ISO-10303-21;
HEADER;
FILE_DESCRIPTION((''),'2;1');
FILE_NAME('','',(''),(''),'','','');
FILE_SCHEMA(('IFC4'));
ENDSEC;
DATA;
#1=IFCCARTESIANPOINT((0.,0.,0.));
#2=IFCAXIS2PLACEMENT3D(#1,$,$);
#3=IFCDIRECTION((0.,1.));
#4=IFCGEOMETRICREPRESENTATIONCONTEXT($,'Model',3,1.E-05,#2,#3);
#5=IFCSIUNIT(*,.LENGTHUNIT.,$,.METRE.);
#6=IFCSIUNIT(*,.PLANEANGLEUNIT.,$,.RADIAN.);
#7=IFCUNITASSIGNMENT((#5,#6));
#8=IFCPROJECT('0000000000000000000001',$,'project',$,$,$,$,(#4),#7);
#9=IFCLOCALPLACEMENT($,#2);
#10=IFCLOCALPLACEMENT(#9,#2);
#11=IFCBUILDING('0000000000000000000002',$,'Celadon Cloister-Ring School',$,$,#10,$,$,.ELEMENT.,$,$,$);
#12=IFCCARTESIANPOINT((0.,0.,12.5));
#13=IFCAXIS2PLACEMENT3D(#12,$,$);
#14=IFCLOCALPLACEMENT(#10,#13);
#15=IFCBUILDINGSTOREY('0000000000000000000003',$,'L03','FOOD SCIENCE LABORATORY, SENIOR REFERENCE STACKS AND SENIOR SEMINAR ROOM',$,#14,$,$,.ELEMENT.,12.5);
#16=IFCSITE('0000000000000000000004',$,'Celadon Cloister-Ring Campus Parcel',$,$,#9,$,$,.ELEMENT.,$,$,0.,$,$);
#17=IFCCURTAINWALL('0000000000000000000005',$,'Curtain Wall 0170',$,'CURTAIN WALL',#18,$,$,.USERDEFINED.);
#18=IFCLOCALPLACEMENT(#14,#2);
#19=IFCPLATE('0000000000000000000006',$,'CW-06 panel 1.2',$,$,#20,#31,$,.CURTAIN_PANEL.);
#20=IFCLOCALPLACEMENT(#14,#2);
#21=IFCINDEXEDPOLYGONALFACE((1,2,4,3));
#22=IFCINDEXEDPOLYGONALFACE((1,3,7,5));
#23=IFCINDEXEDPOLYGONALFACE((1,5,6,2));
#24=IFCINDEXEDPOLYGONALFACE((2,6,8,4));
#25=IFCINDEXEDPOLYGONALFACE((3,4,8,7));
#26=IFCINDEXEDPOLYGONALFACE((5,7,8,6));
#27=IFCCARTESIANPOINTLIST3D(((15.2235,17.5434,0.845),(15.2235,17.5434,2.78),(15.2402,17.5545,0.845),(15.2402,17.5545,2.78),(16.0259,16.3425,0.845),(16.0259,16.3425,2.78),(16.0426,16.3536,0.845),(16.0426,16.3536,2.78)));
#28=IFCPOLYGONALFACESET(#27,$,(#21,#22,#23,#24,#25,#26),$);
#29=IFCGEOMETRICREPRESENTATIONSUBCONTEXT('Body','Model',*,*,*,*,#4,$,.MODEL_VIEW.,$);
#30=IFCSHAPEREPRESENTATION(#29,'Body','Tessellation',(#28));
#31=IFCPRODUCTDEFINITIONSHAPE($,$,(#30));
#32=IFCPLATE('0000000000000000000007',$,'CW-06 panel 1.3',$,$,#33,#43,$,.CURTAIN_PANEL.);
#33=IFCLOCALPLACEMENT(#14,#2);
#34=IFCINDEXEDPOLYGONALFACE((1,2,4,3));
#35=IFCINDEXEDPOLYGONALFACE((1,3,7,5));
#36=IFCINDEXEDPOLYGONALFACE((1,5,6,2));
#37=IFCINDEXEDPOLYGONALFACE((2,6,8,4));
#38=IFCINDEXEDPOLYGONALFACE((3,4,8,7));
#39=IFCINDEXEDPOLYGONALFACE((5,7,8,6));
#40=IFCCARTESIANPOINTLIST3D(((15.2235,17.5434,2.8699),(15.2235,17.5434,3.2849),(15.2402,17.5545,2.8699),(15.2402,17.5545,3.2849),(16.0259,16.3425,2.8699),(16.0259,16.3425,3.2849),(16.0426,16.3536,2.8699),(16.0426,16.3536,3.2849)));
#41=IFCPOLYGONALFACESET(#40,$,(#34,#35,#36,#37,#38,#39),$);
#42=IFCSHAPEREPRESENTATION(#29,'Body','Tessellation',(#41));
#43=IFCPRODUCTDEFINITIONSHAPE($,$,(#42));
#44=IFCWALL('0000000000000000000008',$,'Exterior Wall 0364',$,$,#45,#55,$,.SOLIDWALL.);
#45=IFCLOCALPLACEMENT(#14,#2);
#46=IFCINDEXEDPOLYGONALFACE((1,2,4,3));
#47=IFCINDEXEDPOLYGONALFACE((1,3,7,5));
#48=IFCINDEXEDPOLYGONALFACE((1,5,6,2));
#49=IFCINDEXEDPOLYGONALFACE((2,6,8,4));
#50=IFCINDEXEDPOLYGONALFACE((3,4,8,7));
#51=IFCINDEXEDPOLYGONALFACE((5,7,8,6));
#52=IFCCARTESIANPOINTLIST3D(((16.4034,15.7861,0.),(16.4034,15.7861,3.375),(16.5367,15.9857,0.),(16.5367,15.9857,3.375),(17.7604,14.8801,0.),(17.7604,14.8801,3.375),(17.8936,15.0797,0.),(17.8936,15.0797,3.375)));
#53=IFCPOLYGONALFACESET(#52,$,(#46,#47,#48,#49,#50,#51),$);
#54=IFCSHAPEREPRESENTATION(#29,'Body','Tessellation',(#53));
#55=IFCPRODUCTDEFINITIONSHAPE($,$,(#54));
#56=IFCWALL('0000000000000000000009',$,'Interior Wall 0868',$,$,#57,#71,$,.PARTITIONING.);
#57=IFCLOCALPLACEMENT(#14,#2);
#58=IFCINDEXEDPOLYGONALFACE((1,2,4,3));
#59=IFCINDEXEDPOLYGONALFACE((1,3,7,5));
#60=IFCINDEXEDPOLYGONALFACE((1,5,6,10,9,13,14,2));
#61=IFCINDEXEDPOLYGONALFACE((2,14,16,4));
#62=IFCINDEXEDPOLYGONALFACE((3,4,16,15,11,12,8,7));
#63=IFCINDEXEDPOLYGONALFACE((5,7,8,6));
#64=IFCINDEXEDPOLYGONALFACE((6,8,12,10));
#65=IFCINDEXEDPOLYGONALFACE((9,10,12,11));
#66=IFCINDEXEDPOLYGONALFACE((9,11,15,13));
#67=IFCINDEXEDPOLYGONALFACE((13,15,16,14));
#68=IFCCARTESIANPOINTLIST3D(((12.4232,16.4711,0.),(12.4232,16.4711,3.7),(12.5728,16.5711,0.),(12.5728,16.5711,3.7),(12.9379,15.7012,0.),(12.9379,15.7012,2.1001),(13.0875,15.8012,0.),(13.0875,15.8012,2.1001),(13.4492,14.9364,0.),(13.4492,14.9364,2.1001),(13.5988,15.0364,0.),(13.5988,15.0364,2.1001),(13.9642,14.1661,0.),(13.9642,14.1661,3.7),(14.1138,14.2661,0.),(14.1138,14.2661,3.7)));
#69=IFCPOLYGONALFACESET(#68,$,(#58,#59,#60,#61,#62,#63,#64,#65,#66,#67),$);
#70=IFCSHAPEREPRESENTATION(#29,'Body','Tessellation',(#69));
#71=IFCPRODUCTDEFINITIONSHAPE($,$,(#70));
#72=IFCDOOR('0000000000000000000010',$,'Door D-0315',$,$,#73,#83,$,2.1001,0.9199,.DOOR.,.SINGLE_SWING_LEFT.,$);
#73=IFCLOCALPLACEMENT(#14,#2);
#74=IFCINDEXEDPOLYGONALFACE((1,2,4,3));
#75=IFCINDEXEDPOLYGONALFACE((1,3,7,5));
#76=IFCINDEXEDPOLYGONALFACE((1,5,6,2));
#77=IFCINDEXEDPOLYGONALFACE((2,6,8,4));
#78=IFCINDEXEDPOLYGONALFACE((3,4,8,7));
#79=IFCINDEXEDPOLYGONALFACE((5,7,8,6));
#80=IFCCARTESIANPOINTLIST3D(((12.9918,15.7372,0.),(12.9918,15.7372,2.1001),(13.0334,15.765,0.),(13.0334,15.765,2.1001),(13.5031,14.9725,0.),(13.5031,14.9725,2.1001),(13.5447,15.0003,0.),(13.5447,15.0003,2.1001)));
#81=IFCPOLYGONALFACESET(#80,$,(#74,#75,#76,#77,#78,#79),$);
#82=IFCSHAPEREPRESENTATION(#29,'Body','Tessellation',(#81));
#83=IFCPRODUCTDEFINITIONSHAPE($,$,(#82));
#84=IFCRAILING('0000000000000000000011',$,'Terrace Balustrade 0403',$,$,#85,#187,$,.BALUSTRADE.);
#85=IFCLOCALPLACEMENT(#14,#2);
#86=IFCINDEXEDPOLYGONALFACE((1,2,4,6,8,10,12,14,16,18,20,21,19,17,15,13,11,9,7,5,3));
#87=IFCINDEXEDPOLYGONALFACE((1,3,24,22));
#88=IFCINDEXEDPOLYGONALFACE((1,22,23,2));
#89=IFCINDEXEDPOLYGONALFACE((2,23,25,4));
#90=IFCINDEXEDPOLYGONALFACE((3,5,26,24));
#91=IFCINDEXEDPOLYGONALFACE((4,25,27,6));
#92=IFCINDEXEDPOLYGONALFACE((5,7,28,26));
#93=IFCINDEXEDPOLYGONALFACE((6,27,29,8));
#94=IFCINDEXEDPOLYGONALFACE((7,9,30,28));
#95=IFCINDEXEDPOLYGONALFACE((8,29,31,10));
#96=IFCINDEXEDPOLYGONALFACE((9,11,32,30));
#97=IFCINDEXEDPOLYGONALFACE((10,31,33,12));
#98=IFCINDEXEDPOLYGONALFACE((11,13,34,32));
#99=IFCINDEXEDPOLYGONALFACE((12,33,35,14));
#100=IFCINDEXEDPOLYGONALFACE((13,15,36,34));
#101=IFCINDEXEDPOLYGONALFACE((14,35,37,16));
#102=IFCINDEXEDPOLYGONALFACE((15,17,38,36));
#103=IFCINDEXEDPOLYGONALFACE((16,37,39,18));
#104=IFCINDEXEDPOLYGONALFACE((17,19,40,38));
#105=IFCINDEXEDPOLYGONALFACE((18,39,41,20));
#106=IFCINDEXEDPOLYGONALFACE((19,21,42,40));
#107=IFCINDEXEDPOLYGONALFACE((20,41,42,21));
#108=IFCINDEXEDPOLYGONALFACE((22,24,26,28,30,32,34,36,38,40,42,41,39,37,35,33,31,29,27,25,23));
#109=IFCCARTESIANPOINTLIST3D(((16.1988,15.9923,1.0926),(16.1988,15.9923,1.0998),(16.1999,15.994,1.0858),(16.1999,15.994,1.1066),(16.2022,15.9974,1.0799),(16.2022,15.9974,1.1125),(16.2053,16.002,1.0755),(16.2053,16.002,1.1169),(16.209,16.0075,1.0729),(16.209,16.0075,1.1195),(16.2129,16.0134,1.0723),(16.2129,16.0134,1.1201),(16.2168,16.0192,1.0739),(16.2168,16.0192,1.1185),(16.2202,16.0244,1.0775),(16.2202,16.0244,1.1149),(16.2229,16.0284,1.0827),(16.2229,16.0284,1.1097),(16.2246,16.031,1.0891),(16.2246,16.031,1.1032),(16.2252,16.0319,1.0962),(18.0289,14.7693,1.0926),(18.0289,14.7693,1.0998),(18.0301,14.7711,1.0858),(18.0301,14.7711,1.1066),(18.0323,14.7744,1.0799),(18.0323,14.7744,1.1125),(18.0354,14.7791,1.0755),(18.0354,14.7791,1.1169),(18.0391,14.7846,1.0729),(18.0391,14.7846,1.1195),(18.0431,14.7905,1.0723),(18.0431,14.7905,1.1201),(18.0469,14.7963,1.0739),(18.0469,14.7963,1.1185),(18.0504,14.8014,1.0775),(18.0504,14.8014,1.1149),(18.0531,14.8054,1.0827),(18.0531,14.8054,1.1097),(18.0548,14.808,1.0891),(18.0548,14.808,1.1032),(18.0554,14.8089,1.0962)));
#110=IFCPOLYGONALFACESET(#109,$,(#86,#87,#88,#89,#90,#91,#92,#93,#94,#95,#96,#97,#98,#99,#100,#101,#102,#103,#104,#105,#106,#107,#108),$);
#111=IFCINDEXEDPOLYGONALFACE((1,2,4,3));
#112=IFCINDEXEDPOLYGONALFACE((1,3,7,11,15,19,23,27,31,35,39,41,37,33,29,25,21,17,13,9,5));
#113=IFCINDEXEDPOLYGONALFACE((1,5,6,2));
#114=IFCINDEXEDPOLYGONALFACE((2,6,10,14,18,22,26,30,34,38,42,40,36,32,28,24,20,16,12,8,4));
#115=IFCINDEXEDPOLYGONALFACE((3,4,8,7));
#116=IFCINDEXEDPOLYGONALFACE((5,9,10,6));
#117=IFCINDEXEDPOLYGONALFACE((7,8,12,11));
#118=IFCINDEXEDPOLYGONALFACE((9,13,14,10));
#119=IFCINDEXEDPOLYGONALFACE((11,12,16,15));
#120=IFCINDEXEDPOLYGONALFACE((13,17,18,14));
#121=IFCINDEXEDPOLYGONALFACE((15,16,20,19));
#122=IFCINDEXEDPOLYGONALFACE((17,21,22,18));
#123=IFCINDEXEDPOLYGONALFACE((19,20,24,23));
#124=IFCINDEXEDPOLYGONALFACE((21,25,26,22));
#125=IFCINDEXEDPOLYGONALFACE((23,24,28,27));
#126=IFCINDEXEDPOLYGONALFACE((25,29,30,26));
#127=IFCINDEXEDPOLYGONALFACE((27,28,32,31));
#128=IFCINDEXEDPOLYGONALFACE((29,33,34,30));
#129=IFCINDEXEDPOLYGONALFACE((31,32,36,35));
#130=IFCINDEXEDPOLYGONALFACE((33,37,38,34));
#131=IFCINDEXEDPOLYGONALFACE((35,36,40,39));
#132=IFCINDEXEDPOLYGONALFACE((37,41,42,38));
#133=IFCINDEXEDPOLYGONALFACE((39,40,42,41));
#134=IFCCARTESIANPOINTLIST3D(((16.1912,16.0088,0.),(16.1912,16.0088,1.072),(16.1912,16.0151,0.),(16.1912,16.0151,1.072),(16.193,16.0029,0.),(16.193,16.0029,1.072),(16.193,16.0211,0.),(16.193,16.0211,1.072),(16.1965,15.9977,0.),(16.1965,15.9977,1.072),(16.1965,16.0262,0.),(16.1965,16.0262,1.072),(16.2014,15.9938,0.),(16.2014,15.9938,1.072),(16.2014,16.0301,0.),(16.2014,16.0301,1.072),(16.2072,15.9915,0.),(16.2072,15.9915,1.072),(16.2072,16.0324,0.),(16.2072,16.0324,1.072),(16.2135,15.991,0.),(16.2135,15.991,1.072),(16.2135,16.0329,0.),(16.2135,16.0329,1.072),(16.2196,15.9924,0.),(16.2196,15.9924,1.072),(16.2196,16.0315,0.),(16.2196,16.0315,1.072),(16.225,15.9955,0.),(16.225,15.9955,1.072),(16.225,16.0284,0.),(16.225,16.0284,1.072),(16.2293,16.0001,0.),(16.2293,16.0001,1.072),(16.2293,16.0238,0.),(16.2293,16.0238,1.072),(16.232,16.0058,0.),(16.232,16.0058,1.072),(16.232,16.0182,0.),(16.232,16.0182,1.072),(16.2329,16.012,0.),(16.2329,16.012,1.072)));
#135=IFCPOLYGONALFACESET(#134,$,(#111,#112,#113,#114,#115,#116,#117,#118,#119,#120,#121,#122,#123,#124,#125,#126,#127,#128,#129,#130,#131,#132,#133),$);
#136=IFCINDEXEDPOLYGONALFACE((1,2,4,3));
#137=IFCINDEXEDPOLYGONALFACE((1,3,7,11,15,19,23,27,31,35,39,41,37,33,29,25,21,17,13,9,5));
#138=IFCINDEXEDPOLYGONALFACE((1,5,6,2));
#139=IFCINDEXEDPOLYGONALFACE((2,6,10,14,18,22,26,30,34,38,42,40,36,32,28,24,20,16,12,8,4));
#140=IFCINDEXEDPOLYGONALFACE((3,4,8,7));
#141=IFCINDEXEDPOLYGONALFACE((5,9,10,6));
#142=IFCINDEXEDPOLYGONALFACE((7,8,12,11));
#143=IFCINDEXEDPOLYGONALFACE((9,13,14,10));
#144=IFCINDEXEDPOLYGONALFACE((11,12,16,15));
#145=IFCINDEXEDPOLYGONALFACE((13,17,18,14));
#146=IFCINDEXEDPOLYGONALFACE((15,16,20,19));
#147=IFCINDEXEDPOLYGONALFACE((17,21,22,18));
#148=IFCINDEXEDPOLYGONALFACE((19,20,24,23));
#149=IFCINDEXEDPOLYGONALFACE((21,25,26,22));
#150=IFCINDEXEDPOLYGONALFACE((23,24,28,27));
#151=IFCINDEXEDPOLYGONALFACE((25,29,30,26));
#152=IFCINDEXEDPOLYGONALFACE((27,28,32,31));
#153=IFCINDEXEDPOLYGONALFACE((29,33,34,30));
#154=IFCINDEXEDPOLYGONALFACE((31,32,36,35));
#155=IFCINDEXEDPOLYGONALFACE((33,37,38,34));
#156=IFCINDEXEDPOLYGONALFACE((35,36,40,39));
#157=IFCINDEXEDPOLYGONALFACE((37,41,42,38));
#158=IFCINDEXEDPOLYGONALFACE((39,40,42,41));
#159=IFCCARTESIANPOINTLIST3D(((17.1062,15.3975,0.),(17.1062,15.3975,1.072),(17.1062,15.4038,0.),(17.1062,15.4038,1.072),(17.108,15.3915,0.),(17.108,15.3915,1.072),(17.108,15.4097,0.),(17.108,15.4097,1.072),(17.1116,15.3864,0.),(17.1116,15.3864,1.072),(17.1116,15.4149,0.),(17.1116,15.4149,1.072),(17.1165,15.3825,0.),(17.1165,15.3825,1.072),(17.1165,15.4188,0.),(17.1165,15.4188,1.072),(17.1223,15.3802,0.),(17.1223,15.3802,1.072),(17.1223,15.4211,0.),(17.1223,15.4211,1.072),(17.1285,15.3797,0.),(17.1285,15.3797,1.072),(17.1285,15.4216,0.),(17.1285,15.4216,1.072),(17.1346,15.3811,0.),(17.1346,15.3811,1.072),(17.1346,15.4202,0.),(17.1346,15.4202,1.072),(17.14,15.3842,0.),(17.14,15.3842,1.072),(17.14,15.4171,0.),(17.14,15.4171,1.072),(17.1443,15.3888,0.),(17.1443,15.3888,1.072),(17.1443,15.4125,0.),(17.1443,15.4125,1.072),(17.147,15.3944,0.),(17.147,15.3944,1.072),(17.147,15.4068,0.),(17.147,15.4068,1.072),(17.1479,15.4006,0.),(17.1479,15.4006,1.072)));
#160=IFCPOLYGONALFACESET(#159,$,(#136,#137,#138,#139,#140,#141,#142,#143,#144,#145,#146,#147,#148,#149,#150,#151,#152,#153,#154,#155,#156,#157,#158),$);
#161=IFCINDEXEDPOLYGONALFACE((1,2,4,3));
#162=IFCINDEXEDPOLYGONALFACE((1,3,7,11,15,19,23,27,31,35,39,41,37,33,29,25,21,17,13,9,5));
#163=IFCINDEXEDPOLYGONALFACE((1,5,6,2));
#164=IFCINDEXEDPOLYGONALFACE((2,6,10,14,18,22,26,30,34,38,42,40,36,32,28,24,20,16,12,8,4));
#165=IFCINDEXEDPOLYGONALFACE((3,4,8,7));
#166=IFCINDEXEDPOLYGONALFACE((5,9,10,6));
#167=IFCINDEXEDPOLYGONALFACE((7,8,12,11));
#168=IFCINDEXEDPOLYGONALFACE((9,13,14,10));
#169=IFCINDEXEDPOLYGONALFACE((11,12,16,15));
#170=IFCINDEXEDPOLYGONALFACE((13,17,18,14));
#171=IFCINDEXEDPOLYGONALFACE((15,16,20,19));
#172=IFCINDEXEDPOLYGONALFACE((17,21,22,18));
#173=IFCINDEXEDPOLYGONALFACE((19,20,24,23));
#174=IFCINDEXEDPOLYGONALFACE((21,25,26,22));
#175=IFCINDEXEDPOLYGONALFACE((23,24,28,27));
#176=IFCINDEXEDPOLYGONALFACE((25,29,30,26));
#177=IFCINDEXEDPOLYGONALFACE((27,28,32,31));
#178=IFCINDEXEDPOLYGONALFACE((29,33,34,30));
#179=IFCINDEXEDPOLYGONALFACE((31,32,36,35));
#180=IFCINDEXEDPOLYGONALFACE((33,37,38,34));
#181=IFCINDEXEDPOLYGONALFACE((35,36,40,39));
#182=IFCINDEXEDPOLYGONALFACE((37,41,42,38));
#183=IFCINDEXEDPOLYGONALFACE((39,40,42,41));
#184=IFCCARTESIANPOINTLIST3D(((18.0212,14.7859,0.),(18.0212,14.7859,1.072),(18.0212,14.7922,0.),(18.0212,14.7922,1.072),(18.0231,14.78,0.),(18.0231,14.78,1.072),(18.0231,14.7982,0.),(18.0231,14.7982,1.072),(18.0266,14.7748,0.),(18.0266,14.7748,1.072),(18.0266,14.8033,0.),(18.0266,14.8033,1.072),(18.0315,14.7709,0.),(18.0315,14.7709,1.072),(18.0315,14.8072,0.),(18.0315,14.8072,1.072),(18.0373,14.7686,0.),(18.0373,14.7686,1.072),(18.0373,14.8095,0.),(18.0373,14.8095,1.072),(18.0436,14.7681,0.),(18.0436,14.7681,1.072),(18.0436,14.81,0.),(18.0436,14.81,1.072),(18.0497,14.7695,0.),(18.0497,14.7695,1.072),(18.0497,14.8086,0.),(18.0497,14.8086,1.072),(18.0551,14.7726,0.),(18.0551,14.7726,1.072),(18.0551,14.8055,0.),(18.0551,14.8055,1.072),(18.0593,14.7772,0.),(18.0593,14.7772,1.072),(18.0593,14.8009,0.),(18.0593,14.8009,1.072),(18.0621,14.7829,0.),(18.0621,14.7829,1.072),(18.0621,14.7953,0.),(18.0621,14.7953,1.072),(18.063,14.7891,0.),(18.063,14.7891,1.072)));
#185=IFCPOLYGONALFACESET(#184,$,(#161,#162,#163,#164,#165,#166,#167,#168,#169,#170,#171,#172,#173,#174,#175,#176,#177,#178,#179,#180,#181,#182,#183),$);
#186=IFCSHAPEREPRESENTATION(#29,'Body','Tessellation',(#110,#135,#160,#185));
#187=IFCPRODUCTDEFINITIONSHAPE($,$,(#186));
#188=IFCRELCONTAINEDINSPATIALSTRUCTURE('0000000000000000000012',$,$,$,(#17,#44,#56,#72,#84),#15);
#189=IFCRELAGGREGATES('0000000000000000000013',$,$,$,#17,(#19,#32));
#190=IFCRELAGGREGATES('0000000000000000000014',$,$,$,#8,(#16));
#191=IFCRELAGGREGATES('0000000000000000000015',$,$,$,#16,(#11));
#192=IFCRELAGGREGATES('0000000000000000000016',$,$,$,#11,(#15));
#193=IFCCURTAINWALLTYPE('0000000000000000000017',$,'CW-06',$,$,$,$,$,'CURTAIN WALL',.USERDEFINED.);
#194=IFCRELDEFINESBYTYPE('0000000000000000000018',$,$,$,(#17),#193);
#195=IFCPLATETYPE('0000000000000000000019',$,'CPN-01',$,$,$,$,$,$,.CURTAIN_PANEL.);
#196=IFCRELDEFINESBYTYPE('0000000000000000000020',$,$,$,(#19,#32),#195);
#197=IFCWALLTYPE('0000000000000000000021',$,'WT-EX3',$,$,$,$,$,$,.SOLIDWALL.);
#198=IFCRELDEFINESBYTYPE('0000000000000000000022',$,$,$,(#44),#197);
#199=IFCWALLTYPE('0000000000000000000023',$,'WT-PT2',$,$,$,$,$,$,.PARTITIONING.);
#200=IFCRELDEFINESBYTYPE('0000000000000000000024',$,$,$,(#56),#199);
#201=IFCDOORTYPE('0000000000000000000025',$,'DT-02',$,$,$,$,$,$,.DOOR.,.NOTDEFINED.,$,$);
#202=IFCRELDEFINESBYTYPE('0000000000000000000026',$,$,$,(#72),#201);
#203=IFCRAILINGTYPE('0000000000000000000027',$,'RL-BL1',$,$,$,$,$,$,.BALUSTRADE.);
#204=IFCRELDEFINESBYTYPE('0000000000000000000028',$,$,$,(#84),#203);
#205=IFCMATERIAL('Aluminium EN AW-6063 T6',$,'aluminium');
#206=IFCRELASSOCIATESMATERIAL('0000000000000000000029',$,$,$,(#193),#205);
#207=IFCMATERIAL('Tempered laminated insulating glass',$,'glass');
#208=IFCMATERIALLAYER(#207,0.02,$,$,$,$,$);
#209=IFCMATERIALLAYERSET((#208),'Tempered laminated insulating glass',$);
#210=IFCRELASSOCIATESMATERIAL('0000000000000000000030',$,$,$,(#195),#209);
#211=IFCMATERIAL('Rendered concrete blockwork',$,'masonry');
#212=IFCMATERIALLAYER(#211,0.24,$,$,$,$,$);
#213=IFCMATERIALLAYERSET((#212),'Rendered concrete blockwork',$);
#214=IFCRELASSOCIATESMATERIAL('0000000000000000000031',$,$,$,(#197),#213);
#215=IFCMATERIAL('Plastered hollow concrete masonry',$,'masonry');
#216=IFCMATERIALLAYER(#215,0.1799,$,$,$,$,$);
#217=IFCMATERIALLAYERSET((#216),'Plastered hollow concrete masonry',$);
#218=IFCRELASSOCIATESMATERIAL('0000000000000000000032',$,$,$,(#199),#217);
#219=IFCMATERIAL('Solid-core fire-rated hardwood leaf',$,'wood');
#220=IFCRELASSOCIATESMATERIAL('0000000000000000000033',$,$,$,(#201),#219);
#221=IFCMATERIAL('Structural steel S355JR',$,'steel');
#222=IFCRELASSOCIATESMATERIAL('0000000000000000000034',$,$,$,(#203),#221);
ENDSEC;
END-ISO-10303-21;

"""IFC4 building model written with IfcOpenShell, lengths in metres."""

from ifc_helpers import new_model, si_unit, direction, frame, frame_2d, origin, origin_2d, place, context, subcontext, project, spatial, rectangle, circle, extrude, material, layer, layer_set, type_object, element, fill, aggregate, save


model = new_model("IFC4")

# Units and contexts
model_context = context("Model", 3, precision=1e-05, world=origin(), true_north=direction((0.0, 1.0)))
body_context = subcontext(model_context, "Body", "Model", "MODEL_VIEW")
ifc_project = project(units=[si_unit("LENGTHUNIT", "METRE"), si_unit("PLANEANGLEUNIT", "RADIAN")], contexts=[model_context])

# Site, building, storey
site_placement = place(None, origin())
site = spatial("IfcSite", under=ifc_project, at=site_placement, Name="Celadon Cloister-Ring Campus Parcel", CompositionType="ELEMENT", RefElevation=0.0)
building_placement = place(site_placement, origin())
building = spatial("IfcBuilding", under=site, at=building_placement, Name="Celadon Cloister-Ring School", CompositionType="ELEMENT")
storey_placement = place(building_placement, frame((0.0, 0.0, 12.5)))
storey = spatial("IfcBuildingStorey", under=building, at=storey_placement, Name="L03", Description="FOOD SCIENCE LABORATORY, SENIOR REFERENCE STACKS AND SENIOR SEMINAR ROOM", CompositionType="ELEMENT", Elevation=12.5)

# Curtain wall
ifc_material_1 = material(Name="Aluminium EN AW-6063 T6", Category="aluminium")
curtain_wall_type = type_object("IfcCurtainWallType", Name="CW-06", ElementType="CURTAIN WALL", PredefinedType="USERDEFINED", material=ifc_material_1)
curtain_wall_1_placement = place(storey_placement, origin())
curtain_wall_1 = element("IfcCurtainWall", 1, at=curtain_wall_1_placement, inside=storey, type_object=curtain_wall_type, Name="Curtain Wall 0170", ObjectType="CURTAIN WALL", PredefinedType="USERDEFINED")

# Plates
ifc_material_2 = material(Name="Tempered laminated insulating glass", Category="glass")
ifc_layer_1 = layer(ifc_material_2, 0.02)
ifc_layer_set_1 = layer_set([ifc_layer_1], Name="Tempered laminated insulating glass")
plate_type = type_object("IfcPlateType", Name="CPN-01", PredefinedType="CURTAIN_PANEL", material=ifc_layer_set_1)
plate_1_placement = place(storey_placement, frame((15.6331, 16.9485, 0.845), z_axis=(0.0, 0.0, 1.0), x_axis=(0.555547, -0.831485, 0.0)))
plate_1 = element("IfcPlate", 2, at=plate_1_placement, type_object=plate_type, Name="CW-06 panel 1.2", PredefinedType="CURTAIN_PANEL", context=body_context, shape_type="SweptSolid", body=[
    extrude(rectangle(XDim=1.4443, YDim=0.02, at=origin_2d()), origin(), (0.0, 0.0, 1.0), 1.9351),
])
plate_2_placement = place(storey_placement, frame((15.6331, 16.9485, 2.8699), z_axis=(0.0, 0.0, 1.0), x_axis=(0.555547, -0.831485, 0.0)))
plate_2 = element("IfcPlate", 3, at=plate_2_placement, type_object=plate_type, Name="CW-06 panel 1.3", PredefinedType="CURTAIN_PANEL", context=body_context, shape_type="SweptSolid", body=[
    extrude(rectangle(XDim=1.4443, YDim=0.02, at=origin_2d()), origin(), (0.0, 0.0, 1.0), 0.415),
])
aggregate(curtain_wall_1, [plate_1, plate_2])

# Wall
ifc_material_3 = material(Name="Rendered concrete blockwork", Category="masonry")
ifc_layer_2 = layer(ifc_material_3, 0.24)
ifc_layer_set_2 = layer_set([ifc_layer_2], Name="Rendered concrete blockwork")
wall_type_1 = type_object("IfcWallType", Name="WT-EX3", PredefinedType="SOLIDWALL", material=ifc_layer_set_2)
wall_1_placement = place(storey_placement, frame((16.47, 15.886, 0.0), z_axis=(0.0, 0.0, 1.0), x_axis=(0.831659, -0.555287, 0.0)))
element("IfcWall", 4, at=wall_1_placement, inside=storey, type_object=wall_type_1, Name="Exterior Wall 0364", PredefinedType="SOLIDWALL", context=body_context, shape_type="SweptSolid", body=[
    extrude(rectangle(XDim=1.6316, YDim=0.24, at=frame_2d((0.8159, 0.0))), origin(), (0.0, 0.0, 1.0), 3.375),
])

# Wall, opening, door
ifc_material_4 = material(Name="Plastered hollow concrete masonry", Category="masonry")
ifc_layer_3 = layer(ifc_material_4, 0.1799)
ifc_layer_set_3 = layer_set([ifc_layer_3], Name="Plastered hollow concrete masonry")
wall_type_2 = type_object("IfcWallType", Name="WT-PT2", PredefinedType="PARTITIONING", material=ifc_layer_set_3)
wall_2_placement = place(storey_placement, frame((12.498, 16.521, 0.0), z_axis=(0.0, 0.0, 1.0), x_axis=(0.555797, -0.831318, 0.0)))
wall_2 = element("IfcWall", 5, at=wall_2_placement, inside=storey, type_object=wall_type_2, Name="Interior Wall 0868", PredefinedType="PARTITIONING", context=body_context, shape_type="SweptSolid", body=[
    extrude(rectangle(XDim=2.7727, YDim=0.1799, at=frame_2d((1.3862, 0.0))), origin(), (0.0, 0.0, 1.0), 3.7),
])
opening_placement = place(wall_2_placement, frame((0.926, 0.0, 0.0)))
opening = element("IfcOpeningElement", 6, at=opening_placement, cuts=wall_2, PredefinedType="OPENING", context=body_context, shape_type="SweptSolid", body=[
    extrude(rectangle(XDim=0.9199, YDim=2.1001, at=frame_2d((0.46, 1.05))), frame((0.0, 0.1001, 0.0), z_axis=(0.0, -1.0, 0.0), x_axis=(1.0, 0.0, 0.0)), (0.0, 0.0, 1.0), 0.2),
])
ifc_material_5 = material(Name="Solid-core fire-rated hardwood leaf", Category="wood")
door_type = type_object("IfcDoorType", Name="DT-02", OperationType="NOTDEFINED", PredefinedType="DOOR", material=ifc_material_5)
door_placement = place(opening_placement, origin())
door = element("IfcDoor", 7, at=door_placement, inside=storey, type_object=door_type, Name="Door D-0315", OperationType="SINGLE_SWING_LEFT", OverallHeight=2.1001, OverallWidth=0.9199, PredefinedType="DOOR", context=body_context, shape_type="SweptSolid", body=[
    extrude(rectangle(XDim=0.9199, YDim=2.1001, at=frame_2d((0.46, 1.05))), frame((0.0, 0.0249, 0.0), z_axis=(0.0, -1.0, 0.0), x_axis=(1.0, 0.0, 0.0)), (0.0, 0.0, 1.0), 0.05),
])
fill(opening, door)

# Railing
ifc_material_6 = material(Name="Structural steel S355JR", Category="steel")
railing_type = type_object("IfcRailingType", Name="RL-BL1", PredefinedType="BALUSTRADE", material=ifc_material_6)
railing_1_placement = place(storey_placement, frame((16.2119, 16.012, 0.0)))
element("IfcRailing", 8, at=railing_1_placement, inside=storey, type_object=railing_type, Name="Terrace Balustrade 0403", PredefinedType="BALUSTRADE", context=body_context, shape_type="SweptSolid", body=[
    extrude(circle(Radius=0.0239, at=origin_2d()), frame((0.0, 0.0, 1.0962), z_axis=(0.831453, -0.555596, 0.0), x_axis=(0.555596, 0.831453, 0.0)), (0.0, 0.0, 1.0), 2.2012),
    extrude(circle(Radius=0.021, at=origin_2d()), origin(), (0.0, 0.0, 1.0), 1.072),
    extrude(circle(Radius=0.021, at=origin_2d()), frame((0.915, -0.6113, 0.0)), (0.0, 0.0, 1.0), 1.072),
    extrude(circle(Radius=0.021, at=origin_2d()), frame((1.8301, -1.2229, 0.0)), (0.0, 0.0, 1.0), 1.072),
])

save(model, "model.ifc")
